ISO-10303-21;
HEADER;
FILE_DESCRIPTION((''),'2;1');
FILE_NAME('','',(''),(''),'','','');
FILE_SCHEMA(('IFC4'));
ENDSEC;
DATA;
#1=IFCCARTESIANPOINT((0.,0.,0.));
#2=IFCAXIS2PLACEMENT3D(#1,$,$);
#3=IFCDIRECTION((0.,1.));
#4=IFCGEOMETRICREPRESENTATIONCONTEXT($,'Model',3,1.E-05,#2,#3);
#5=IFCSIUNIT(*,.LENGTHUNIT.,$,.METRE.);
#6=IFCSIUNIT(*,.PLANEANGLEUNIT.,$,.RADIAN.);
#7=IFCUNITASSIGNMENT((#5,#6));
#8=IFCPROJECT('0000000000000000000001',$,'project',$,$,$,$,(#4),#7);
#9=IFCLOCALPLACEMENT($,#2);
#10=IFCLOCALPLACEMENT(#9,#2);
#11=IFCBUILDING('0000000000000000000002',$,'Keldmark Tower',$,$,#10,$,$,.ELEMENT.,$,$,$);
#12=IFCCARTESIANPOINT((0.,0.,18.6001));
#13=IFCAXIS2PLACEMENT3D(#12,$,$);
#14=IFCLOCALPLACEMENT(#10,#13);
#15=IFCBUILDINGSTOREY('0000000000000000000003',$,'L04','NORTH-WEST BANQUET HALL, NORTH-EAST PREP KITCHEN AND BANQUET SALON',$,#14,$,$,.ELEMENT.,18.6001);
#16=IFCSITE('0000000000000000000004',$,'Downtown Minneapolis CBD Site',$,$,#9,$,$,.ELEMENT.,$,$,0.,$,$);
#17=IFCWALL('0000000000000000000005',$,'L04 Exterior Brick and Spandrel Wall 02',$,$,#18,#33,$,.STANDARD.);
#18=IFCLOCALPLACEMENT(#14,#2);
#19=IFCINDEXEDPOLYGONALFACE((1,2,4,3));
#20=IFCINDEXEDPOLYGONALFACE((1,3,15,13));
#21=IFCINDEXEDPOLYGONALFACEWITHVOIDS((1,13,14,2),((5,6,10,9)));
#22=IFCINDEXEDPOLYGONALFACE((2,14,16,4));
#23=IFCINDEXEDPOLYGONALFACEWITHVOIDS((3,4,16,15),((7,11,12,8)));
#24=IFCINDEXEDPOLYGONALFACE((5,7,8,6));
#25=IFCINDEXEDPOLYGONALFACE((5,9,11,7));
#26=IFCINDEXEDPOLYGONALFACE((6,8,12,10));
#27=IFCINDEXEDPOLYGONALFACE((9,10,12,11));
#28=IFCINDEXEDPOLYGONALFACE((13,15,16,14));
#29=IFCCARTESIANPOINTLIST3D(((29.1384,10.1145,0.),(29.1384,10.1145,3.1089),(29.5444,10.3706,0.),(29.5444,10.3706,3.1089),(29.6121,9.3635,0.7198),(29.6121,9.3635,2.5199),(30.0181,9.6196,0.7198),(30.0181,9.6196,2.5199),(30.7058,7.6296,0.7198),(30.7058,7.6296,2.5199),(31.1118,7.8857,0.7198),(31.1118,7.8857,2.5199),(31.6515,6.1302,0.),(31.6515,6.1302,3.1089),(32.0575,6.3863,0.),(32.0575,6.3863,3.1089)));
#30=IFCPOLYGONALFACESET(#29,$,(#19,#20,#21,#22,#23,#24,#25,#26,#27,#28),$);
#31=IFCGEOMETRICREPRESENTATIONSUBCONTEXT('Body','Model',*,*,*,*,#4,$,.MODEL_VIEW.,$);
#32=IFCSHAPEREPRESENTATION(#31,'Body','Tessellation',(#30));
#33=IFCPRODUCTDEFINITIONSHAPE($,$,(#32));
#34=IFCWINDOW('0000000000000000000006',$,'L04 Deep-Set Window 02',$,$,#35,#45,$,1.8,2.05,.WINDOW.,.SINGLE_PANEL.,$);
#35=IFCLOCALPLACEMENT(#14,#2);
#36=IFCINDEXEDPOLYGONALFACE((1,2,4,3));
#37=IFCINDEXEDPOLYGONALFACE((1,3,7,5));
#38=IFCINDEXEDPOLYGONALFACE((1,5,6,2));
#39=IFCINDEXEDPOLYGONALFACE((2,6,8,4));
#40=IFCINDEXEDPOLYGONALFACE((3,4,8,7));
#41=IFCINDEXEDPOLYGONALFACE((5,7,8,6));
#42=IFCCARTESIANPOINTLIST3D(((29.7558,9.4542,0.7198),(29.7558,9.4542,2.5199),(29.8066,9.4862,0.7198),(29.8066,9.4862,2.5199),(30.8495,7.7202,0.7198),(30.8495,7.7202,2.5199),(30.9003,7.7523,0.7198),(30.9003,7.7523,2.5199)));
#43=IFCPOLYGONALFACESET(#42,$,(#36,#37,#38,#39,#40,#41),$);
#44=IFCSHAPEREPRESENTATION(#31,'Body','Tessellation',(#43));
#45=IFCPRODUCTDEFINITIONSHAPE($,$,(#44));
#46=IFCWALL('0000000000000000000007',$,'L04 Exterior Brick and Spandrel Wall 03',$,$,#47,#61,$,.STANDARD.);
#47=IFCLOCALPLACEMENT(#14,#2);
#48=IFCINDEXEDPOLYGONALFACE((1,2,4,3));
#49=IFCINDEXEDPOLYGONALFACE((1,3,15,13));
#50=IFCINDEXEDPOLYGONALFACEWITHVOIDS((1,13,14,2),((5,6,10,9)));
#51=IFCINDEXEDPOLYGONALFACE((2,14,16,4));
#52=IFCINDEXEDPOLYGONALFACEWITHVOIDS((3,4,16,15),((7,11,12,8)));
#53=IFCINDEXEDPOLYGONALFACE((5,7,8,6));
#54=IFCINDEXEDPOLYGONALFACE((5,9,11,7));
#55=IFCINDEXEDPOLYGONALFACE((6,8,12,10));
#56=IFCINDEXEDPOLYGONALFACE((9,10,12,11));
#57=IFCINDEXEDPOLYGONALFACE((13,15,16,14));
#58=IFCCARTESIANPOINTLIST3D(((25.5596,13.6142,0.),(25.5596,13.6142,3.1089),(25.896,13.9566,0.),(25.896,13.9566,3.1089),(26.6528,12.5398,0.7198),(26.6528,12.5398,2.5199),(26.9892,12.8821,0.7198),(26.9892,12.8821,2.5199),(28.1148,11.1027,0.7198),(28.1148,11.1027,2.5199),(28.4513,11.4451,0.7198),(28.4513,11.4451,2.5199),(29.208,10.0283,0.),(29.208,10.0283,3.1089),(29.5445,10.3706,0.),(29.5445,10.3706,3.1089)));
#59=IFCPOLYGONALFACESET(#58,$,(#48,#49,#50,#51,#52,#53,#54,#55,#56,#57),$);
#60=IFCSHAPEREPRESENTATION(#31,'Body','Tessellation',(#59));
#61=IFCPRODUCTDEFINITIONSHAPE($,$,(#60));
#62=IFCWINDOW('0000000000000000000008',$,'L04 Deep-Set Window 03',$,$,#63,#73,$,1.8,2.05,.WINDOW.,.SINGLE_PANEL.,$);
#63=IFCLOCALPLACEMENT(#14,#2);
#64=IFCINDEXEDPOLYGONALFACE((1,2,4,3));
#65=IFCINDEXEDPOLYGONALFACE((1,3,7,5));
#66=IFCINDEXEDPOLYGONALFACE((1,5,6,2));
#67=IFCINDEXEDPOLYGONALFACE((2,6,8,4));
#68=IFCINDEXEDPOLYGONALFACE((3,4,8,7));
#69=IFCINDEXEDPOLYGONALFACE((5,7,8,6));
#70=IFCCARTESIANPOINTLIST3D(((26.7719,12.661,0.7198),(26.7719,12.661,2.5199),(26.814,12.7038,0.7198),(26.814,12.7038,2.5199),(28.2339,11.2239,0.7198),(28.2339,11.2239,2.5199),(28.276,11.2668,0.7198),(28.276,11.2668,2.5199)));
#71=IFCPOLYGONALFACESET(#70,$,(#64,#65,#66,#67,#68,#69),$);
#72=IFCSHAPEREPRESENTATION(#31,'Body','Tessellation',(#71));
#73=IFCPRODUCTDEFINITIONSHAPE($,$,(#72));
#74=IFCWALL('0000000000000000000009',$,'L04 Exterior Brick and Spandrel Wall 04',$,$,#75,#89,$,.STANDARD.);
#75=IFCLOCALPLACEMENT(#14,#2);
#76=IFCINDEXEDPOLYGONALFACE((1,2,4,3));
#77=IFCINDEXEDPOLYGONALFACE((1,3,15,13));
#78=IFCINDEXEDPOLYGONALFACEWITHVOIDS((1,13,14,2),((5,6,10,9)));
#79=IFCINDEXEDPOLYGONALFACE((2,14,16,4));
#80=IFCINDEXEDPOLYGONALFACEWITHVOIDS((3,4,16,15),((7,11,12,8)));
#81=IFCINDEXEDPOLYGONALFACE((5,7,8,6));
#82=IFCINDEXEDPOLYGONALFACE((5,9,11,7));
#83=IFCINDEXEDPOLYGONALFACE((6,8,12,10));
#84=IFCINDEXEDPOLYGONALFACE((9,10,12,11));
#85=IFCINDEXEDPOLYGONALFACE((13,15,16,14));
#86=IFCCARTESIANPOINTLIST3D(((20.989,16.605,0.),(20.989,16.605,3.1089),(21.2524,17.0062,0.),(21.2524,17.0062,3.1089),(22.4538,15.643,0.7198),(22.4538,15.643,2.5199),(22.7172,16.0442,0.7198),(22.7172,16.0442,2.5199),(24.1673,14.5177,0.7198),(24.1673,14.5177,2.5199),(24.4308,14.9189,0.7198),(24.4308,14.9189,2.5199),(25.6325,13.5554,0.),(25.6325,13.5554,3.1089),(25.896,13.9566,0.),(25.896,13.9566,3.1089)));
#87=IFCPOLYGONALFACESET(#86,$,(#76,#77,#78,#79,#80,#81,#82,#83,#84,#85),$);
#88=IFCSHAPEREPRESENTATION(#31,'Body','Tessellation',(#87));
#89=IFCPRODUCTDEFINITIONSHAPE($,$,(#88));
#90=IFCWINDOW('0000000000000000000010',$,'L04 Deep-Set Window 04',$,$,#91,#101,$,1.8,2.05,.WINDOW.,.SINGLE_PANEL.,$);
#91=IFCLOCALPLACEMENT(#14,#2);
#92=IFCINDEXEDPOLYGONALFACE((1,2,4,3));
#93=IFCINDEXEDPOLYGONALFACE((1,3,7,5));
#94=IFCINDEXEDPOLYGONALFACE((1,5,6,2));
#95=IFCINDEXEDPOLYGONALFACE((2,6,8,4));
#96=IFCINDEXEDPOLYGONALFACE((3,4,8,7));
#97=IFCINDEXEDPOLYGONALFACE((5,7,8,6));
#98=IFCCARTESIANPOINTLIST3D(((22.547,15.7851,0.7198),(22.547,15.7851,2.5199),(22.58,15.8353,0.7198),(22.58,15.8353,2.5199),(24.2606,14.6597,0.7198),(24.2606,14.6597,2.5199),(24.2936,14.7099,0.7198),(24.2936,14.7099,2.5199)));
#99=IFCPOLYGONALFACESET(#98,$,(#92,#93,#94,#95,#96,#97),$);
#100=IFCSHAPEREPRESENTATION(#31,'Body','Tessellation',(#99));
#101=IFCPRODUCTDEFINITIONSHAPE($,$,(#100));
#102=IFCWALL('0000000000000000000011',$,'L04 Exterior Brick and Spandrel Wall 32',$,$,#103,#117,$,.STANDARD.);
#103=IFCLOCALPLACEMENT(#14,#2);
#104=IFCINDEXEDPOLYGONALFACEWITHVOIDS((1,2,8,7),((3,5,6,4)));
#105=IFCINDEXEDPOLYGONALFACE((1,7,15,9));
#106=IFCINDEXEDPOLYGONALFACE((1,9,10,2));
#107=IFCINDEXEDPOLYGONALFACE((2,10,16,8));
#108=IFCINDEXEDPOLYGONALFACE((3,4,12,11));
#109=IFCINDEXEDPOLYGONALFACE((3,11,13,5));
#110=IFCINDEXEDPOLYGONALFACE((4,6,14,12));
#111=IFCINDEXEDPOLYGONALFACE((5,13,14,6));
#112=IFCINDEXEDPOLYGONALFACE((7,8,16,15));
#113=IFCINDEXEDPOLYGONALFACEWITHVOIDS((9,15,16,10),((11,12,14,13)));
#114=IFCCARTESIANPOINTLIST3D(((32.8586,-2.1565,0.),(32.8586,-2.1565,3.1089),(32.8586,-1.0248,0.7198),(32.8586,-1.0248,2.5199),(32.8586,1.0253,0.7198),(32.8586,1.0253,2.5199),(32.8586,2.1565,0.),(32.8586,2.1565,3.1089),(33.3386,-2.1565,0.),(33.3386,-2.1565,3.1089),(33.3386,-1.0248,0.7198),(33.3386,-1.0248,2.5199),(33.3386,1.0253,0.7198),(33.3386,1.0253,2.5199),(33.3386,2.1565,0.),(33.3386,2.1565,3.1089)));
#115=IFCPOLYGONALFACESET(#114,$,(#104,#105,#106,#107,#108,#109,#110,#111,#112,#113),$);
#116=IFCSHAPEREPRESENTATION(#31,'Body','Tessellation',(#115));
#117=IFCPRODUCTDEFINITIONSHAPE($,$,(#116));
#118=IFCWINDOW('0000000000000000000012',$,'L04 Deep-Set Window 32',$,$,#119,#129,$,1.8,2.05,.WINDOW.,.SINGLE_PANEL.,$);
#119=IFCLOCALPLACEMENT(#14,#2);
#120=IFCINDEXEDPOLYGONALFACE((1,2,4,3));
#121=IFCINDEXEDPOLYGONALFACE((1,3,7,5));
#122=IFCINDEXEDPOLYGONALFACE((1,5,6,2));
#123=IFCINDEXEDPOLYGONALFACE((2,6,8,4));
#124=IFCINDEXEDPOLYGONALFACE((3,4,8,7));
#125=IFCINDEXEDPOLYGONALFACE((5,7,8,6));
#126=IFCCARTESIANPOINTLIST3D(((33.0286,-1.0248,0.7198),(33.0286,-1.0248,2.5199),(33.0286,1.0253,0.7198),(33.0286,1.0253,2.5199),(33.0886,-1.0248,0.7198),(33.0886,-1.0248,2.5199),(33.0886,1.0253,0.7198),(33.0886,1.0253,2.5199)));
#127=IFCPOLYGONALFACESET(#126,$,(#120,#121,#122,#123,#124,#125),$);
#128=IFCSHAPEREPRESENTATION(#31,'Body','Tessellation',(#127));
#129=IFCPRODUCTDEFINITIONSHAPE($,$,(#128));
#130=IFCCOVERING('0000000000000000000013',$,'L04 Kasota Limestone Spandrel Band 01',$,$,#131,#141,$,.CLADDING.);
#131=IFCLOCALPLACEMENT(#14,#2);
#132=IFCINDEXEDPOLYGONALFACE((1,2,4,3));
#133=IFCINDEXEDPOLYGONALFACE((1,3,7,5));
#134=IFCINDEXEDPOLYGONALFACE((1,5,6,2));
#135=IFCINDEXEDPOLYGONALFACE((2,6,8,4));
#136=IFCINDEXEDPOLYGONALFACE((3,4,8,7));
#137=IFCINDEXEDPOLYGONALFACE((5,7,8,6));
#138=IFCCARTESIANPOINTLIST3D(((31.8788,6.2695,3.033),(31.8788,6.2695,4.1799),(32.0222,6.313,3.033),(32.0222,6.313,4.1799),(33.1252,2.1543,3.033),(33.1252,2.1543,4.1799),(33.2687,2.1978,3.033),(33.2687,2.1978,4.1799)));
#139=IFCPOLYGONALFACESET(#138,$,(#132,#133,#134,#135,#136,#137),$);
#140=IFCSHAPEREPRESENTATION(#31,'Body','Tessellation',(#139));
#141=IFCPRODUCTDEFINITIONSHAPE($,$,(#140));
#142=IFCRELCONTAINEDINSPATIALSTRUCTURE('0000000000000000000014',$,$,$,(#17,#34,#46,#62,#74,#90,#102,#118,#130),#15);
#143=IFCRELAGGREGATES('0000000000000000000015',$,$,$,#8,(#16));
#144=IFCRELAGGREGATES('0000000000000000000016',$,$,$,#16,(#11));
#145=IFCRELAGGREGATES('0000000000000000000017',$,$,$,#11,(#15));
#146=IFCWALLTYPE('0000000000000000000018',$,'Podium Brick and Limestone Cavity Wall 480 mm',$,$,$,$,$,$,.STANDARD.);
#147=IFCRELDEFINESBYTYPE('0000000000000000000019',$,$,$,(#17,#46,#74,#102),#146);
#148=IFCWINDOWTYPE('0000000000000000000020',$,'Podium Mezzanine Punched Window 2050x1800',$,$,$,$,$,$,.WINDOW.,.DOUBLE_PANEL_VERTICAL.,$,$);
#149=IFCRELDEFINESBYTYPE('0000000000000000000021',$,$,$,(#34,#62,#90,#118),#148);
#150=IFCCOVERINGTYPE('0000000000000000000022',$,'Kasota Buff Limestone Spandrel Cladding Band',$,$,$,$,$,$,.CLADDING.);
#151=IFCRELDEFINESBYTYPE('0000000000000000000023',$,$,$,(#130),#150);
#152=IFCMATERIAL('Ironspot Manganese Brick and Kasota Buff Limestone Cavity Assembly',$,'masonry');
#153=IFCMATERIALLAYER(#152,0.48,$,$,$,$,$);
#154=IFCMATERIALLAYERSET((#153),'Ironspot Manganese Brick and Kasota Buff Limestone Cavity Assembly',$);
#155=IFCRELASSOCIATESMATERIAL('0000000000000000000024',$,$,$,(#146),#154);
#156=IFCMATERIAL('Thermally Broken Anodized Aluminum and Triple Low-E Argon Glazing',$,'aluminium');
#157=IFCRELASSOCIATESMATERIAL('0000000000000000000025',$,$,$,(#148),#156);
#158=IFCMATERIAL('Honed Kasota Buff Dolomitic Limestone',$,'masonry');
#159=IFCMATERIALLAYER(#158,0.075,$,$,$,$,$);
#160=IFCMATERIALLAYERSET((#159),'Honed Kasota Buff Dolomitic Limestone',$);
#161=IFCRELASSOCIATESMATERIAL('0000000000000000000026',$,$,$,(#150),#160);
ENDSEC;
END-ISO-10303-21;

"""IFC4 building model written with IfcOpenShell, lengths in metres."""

from ifc_helpers import new_model, si_unit, direction, frame, frame_2d, origin, origin_2d, place, context, subcontext, project, spatial, rectangle, extrude, material, layer, layer_set, type_object, element, fill, save


model = new_model("IFC4")

# Units and contexts
model_context = context("Model", 3, precision=1e-05, world=origin(), true_north=direction((0.0, 1.0)))
body_context = subcontext(model_context, "Body", "Model", "MODEL_VIEW")
ifc_project = project(units=[si_unit("LENGTHUNIT", "METRE"), si_unit("PLANEANGLEUNIT", "RADIAN")], contexts=[model_context])

# Site, building, storey
site_placement = place(None, origin())
site = spatial("IfcSite", under=ifc_project, at=site_placement, Name="Downtown Minneapolis CBD Site", CompositionType="ELEMENT", RefElevation=0.0)
building_placement = place(site_placement, origin())
building = spatial("IfcBuilding", under=site, at=building_placement, Name="Keldmark Tower", CompositionType="ELEMENT")
storey_placement = place(building_placement, frame((0.0, 0.0, 18.6001)))
storey = spatial("IfcBuildingStorey", under=building, at=storey_placement, Name="L04", Description="NORTH-WEST BANQUET HALL, NORTH-EAST PREP KITCHEN AND BANQUET SALON", CompositionType="ELEMENT", Elevation=18.6001)

# Walls, openings, windows
ifc_material_1 = material(Name="Ironspot Manganese Brick and Kasota Buff Limestone Cavity Assembly", Category="masonry")
ifc_layer_1 = layer(ifc_material_1, 0.48)
ifc_layer_set_1 = layer_set([ifc_layer_1], Name="Ironspot Manganese Brick and Kasota Buff Limestone Cavity Assembly")
wall_type = type_object("IfcWallType", Name="Podium Brick and Limestone Cavity Wall 480 mm", PredefinedType="STANDARD", material=ifc_layer_set_1)
ifc_material_2 = material(Name="Thermally Broken Anodized Aluminum and Triple Low-E Argon Glazing", Category="aluminium")
window_type = type_object("IfcWindowType", Name="Podium Mezzanine Punched Window 2050x1800", PartitioningType="DOUBLE_PANEL_VERTICAL", PredefinedType="WINDOW", material=ifc_material_2)
wall_1_placement = place(storey_placement, frame((29.3413, 10.2427, 0.0), z_axis=(0.0, 0.0, 1.0), x_axis=(0.533498, -0.845802, 0.0)))
wall_1 = element("IfcWall", 1, at=wall_1_placement, inside=storey, type_object=wall_type, Name="L04 Exterior Brick and Spandrel Wall 02", PredefinedType="STANDARD", context=body_context, shape_type="SweptSolid", body=[
    extrude(rectangle(XDim=4.7107, YDim=0.48, at=frame_2d((2.3555, 0.0))), origin(), (0.0, 0.0, 1.0), 3.1089),
])
opening_1_placement = place(wall_1_placement, frame((0.8882, 0.0, 0.72)))
opening_1 = element("IfcOpeningElement", 2, at=opening_1_placement, cuts=wall_1, PredefinedType="OPENING", context=body_context, shape_type="SweptSolid", body=[
    extrude(rectangle(XDim=2.05, YDim=1.8, at=frame_2d((1.0249, 0.8999))), frame((0.0, 0.25, 0.0), z_axis=(0.0, -1.0, 0.0), x_axis=(1.0, 0.0, 0.0)), (0.0, 0.0, 1.0), 0.5),
])
window_1_placement = place(opening_1_placement, origin())
window_1 = element("IfcWindow", 3, at=window_1_placement, inside=storey, type_object=window_type, Name="L04 Deep-Set Window 02", OverallHeight=1.8, OverallWidth=2.05, PartitioningType="SINGLE_PANEL", PredefinedType="WINDOW", context=body_context, shape_type="SweptSolid", body=[
    extrude(rectangle(XDim=2.05, YDim=1.8, at=frame_2d((1.0249, 0.8999))), frame((0.0, -0.01, 0.0), z_axis=(0.0, -1.0, 0.0), x_axis=(1.0, 0.0, 0.0)), (0.0, 0.0, 1.0), 0.0601),
])
fill(opening_1, window_1)
wall_2_placement = place(storey_placement, frame((25.7278, 13.7854, 0.0), z_axis=(0.0, 0.0, 1.0), x_axis=(0.713189, -0.700972, 0.0)))
wall_2 = element("IfcWall", 4, at=wall_2_placement, inside=storey, type_object=wall_type, Name="L04 Exterior Brick and Spandrel Wall 03", PredefinedType="STANDARD", context=body_context, shape_type="SweptSolid", body=[
    extrude(rectangle(XDim=5.1157, YDim=0.48, at=frame_2d((2.5579, 0.0))), origin(), (0.0, 0.0, 1.0), 3.1089),
])
opening_2_placement = place(wall_2_placement, frame((1.533, 0.0, 0.72)))
opening_2 = element("IfcOpeningElement", 5, at=opening_2_placement, cuts=wall_2, PredefinedType="OPENING", context=body_context, shape_type="SweptSolid", body=[
    extrude(rectangle(XDim=2.05, YDim=1.8, at=frame_2d((1.0249, 0.8999))), frame((0.0, 0.25, 0.0), z_axis=(0.0, -1.0, 0.0), x_axis=(1.0, 0.0, 0.0)), (0.0, 0.0, 1.0), 0.5),
])
window_2_placement = place(opening_2_placement, origin())
window_2 = element("IfcWindow", 6, at=window_2_placement, inside=storey, type_object=window_type, Name="L04 Deep-Set Window 03", OverallHeight=1.8, OverallWidth=2.05, PartitioningType="SINGLE_PANEL", PredefinedType="WINDOW", context=body_context, shape_type="SweptSolid", body=[
    extrude(rectangle(XDim=2.05, YDim=1.8, at=frame_2d((1.0249, 0.8999))), frame((0.0, -0.01, 0.0), z_axis=(0.0, -1.0, 0.0), x_axis=(1.0, 0.0, 0.0)), (0.0, 0.0, 1.0), 0.0601),
])
fill(opening_2, window_2)
wall_3_placement = place(storey_placement, frame((21.1206, 16.8057, 0.0), z_axis=(0.0, 0.0, 1.0), x_axis=(0.835864, -0.548937, 0.0)))
wall_3 = element("IfcWall", 7, at=wall_3_placement, inside=storey, type_object=wall_type, Name="L04 Exterior Brick and Spandrel Wall 04", PredefinedType="STANDARD", context=body_context, shape_type="SweptSolid", body=[
    extrude(rectangle(XDim=5.5554, YDim=0.48, at=frame_2d((2.7778, 0.0))), origin(), (0.0, 0.0, 1.0), 3.1089),
])
opening_3_placement = place(wall_3_placement, frame((1.7527, 0.0, 0.72)))
opening_3 = element("IfcOpeningElement", 8, at=opening_3_placement, cuts=wall_3, PredefinedType="OPENING", context=body_context, shape_type="SweptSolid", body=[
    extrude(rectangle(XDim=2.05, YDim=1.8, at=frame_2d((1.0249, 0.8999))), frame((0.0, 0.25, 0.0), z_axis=(0.0, -1.0, 0.0), x_axis=(1.0, 0.0, 0.0)), (0.0, 0.0, 1.0), 0.5),
])
window_3_placement = place(opening_3_placement, origin())
window_3 = element("IfcWindow", 9, at=window_3_placement, inside=storey, type_object=window_type, Name="L04 Deep-Set Window 04", OverallHeight=1.8, OverallWidth=2.05, PartitioningType="SINGLE_PANEL", PredefinedType="WINDOW", context=body_context, shape_type="SweptSolid", body=[
    extrude(rectangle(XDim=2.05, YDim=1.8, at=frame_2d((1.0249, 0.8999))), frame((0.0, -0.01, 0.0), z_axis=(0.0, -1.0, 0.0), x_axis=(1.0, 0.0, 0.0)), (0.0, 0.0, 1.0), 0.0601),
])
fill(opening_3, window_3)
wall_4_placement = place(storey_placement, frame((33.0986, 2.1565, 0.0), z_axis=(0.0, 0.0, 1.0), x_axis=(0.0, -1.0, 0.0)))
wall_4 = element("IfcWall", 10, at=wall_4_placement, inside=storey, type_object=wall_type, Name="L04 Exterior Brick and Spandrel Wall 32", PredefinedType="STANDARD", context=body_context, shape_type="SweptSolid", body=[
    extrude(rectangle(XDim=4.313, YDim=0.48, at=frame_2d((2.1565, 0.0))), origin(), (0.0, 0.0, 1.0), 3.1089),
])
opening_4_placement = place(wall_4_placement, frame((1.1313, 0.0, 0.72)))
opening_4 = element("IfcOpeningElement", 11, at=opening_4_placement, cuts=wall_4, PredefinedType="OPENING", context=body_context, shape_type="SweptSolid", body=[
    extrude(rectangle(XDim=2.05, YDim=1.8, at=frame_2d((1.0249, 0.8999))), frame((0.0, 0.25, 0.0), z_axis=(0.0, -1.0, 0.0), x_axis=(1.0, 0.0, 0.0)), (0.0, 0.0, 1.0), 0.5),
])
window_4_placement = place(opening_4_placement, origin())
window_4 = element("IfcWindow", 12, at=window_4_placement, inside=storey, type_object=window_type, Name="L04 Deep-Set Window 32", OverallHeight=1.8, OverallWidth=2.05, PartitioningType="SINGLE_PANEL", PredefinedType="WINDOW", context=body_context, shape_type="SweptSolid", body=[
    extrude(rectangle(XDim=2.05, YDim=1.8, at=frame_2d((1.0249, 0.8999))), frame((0.0, -0.01, 0.0), z_axis=(0.0, -1.0, 0.0), x_axis=(1.0, 0.0, 0.0)), (0.0, 0.0, 1.0), 0.0601),
])
fill(opening_4, window_4)

# Covering
ifc_material_3 = material(Name="Honed Kasota Buff Dolomitic Limestone", Category="masonry")
ifc_layer_2 = layer(ifc_material_3, 0.075)
ifc_layer_set_2 = layer_set([ifc_layer_2], Name="Honed Kasota Buff Dolomitic Limestone")
covering_type = type_object("IfcCoveringType", Name="Kasota Buff Limestone Spandrel Cladding Band", PredefinedType="CLADDING", material=ifc_layer_set_2)
covering_placement = place(storey_placement, frame((32.5737, 4.2336, 3.033), z_axis=(0.0, 0.0, 1.0), x_axis=(-0.289884, 0.957062, 0.0)))
element("IfcCovering", 13, at=covering_placement, inside=storey, type_object=covering_type, Name="L04 Kasota Limestone Spandrel Band 01", PredefinedType="CLADDING", context=body_context, shape_type="SweptSolid", body=[
    extrude(rectangle(XDim=4.2998, YDim=0.1499, at=origin_2d()), origin(), (0.0, 0.0, 1.0), 1.147),
])

save(model, "model.ifc")
